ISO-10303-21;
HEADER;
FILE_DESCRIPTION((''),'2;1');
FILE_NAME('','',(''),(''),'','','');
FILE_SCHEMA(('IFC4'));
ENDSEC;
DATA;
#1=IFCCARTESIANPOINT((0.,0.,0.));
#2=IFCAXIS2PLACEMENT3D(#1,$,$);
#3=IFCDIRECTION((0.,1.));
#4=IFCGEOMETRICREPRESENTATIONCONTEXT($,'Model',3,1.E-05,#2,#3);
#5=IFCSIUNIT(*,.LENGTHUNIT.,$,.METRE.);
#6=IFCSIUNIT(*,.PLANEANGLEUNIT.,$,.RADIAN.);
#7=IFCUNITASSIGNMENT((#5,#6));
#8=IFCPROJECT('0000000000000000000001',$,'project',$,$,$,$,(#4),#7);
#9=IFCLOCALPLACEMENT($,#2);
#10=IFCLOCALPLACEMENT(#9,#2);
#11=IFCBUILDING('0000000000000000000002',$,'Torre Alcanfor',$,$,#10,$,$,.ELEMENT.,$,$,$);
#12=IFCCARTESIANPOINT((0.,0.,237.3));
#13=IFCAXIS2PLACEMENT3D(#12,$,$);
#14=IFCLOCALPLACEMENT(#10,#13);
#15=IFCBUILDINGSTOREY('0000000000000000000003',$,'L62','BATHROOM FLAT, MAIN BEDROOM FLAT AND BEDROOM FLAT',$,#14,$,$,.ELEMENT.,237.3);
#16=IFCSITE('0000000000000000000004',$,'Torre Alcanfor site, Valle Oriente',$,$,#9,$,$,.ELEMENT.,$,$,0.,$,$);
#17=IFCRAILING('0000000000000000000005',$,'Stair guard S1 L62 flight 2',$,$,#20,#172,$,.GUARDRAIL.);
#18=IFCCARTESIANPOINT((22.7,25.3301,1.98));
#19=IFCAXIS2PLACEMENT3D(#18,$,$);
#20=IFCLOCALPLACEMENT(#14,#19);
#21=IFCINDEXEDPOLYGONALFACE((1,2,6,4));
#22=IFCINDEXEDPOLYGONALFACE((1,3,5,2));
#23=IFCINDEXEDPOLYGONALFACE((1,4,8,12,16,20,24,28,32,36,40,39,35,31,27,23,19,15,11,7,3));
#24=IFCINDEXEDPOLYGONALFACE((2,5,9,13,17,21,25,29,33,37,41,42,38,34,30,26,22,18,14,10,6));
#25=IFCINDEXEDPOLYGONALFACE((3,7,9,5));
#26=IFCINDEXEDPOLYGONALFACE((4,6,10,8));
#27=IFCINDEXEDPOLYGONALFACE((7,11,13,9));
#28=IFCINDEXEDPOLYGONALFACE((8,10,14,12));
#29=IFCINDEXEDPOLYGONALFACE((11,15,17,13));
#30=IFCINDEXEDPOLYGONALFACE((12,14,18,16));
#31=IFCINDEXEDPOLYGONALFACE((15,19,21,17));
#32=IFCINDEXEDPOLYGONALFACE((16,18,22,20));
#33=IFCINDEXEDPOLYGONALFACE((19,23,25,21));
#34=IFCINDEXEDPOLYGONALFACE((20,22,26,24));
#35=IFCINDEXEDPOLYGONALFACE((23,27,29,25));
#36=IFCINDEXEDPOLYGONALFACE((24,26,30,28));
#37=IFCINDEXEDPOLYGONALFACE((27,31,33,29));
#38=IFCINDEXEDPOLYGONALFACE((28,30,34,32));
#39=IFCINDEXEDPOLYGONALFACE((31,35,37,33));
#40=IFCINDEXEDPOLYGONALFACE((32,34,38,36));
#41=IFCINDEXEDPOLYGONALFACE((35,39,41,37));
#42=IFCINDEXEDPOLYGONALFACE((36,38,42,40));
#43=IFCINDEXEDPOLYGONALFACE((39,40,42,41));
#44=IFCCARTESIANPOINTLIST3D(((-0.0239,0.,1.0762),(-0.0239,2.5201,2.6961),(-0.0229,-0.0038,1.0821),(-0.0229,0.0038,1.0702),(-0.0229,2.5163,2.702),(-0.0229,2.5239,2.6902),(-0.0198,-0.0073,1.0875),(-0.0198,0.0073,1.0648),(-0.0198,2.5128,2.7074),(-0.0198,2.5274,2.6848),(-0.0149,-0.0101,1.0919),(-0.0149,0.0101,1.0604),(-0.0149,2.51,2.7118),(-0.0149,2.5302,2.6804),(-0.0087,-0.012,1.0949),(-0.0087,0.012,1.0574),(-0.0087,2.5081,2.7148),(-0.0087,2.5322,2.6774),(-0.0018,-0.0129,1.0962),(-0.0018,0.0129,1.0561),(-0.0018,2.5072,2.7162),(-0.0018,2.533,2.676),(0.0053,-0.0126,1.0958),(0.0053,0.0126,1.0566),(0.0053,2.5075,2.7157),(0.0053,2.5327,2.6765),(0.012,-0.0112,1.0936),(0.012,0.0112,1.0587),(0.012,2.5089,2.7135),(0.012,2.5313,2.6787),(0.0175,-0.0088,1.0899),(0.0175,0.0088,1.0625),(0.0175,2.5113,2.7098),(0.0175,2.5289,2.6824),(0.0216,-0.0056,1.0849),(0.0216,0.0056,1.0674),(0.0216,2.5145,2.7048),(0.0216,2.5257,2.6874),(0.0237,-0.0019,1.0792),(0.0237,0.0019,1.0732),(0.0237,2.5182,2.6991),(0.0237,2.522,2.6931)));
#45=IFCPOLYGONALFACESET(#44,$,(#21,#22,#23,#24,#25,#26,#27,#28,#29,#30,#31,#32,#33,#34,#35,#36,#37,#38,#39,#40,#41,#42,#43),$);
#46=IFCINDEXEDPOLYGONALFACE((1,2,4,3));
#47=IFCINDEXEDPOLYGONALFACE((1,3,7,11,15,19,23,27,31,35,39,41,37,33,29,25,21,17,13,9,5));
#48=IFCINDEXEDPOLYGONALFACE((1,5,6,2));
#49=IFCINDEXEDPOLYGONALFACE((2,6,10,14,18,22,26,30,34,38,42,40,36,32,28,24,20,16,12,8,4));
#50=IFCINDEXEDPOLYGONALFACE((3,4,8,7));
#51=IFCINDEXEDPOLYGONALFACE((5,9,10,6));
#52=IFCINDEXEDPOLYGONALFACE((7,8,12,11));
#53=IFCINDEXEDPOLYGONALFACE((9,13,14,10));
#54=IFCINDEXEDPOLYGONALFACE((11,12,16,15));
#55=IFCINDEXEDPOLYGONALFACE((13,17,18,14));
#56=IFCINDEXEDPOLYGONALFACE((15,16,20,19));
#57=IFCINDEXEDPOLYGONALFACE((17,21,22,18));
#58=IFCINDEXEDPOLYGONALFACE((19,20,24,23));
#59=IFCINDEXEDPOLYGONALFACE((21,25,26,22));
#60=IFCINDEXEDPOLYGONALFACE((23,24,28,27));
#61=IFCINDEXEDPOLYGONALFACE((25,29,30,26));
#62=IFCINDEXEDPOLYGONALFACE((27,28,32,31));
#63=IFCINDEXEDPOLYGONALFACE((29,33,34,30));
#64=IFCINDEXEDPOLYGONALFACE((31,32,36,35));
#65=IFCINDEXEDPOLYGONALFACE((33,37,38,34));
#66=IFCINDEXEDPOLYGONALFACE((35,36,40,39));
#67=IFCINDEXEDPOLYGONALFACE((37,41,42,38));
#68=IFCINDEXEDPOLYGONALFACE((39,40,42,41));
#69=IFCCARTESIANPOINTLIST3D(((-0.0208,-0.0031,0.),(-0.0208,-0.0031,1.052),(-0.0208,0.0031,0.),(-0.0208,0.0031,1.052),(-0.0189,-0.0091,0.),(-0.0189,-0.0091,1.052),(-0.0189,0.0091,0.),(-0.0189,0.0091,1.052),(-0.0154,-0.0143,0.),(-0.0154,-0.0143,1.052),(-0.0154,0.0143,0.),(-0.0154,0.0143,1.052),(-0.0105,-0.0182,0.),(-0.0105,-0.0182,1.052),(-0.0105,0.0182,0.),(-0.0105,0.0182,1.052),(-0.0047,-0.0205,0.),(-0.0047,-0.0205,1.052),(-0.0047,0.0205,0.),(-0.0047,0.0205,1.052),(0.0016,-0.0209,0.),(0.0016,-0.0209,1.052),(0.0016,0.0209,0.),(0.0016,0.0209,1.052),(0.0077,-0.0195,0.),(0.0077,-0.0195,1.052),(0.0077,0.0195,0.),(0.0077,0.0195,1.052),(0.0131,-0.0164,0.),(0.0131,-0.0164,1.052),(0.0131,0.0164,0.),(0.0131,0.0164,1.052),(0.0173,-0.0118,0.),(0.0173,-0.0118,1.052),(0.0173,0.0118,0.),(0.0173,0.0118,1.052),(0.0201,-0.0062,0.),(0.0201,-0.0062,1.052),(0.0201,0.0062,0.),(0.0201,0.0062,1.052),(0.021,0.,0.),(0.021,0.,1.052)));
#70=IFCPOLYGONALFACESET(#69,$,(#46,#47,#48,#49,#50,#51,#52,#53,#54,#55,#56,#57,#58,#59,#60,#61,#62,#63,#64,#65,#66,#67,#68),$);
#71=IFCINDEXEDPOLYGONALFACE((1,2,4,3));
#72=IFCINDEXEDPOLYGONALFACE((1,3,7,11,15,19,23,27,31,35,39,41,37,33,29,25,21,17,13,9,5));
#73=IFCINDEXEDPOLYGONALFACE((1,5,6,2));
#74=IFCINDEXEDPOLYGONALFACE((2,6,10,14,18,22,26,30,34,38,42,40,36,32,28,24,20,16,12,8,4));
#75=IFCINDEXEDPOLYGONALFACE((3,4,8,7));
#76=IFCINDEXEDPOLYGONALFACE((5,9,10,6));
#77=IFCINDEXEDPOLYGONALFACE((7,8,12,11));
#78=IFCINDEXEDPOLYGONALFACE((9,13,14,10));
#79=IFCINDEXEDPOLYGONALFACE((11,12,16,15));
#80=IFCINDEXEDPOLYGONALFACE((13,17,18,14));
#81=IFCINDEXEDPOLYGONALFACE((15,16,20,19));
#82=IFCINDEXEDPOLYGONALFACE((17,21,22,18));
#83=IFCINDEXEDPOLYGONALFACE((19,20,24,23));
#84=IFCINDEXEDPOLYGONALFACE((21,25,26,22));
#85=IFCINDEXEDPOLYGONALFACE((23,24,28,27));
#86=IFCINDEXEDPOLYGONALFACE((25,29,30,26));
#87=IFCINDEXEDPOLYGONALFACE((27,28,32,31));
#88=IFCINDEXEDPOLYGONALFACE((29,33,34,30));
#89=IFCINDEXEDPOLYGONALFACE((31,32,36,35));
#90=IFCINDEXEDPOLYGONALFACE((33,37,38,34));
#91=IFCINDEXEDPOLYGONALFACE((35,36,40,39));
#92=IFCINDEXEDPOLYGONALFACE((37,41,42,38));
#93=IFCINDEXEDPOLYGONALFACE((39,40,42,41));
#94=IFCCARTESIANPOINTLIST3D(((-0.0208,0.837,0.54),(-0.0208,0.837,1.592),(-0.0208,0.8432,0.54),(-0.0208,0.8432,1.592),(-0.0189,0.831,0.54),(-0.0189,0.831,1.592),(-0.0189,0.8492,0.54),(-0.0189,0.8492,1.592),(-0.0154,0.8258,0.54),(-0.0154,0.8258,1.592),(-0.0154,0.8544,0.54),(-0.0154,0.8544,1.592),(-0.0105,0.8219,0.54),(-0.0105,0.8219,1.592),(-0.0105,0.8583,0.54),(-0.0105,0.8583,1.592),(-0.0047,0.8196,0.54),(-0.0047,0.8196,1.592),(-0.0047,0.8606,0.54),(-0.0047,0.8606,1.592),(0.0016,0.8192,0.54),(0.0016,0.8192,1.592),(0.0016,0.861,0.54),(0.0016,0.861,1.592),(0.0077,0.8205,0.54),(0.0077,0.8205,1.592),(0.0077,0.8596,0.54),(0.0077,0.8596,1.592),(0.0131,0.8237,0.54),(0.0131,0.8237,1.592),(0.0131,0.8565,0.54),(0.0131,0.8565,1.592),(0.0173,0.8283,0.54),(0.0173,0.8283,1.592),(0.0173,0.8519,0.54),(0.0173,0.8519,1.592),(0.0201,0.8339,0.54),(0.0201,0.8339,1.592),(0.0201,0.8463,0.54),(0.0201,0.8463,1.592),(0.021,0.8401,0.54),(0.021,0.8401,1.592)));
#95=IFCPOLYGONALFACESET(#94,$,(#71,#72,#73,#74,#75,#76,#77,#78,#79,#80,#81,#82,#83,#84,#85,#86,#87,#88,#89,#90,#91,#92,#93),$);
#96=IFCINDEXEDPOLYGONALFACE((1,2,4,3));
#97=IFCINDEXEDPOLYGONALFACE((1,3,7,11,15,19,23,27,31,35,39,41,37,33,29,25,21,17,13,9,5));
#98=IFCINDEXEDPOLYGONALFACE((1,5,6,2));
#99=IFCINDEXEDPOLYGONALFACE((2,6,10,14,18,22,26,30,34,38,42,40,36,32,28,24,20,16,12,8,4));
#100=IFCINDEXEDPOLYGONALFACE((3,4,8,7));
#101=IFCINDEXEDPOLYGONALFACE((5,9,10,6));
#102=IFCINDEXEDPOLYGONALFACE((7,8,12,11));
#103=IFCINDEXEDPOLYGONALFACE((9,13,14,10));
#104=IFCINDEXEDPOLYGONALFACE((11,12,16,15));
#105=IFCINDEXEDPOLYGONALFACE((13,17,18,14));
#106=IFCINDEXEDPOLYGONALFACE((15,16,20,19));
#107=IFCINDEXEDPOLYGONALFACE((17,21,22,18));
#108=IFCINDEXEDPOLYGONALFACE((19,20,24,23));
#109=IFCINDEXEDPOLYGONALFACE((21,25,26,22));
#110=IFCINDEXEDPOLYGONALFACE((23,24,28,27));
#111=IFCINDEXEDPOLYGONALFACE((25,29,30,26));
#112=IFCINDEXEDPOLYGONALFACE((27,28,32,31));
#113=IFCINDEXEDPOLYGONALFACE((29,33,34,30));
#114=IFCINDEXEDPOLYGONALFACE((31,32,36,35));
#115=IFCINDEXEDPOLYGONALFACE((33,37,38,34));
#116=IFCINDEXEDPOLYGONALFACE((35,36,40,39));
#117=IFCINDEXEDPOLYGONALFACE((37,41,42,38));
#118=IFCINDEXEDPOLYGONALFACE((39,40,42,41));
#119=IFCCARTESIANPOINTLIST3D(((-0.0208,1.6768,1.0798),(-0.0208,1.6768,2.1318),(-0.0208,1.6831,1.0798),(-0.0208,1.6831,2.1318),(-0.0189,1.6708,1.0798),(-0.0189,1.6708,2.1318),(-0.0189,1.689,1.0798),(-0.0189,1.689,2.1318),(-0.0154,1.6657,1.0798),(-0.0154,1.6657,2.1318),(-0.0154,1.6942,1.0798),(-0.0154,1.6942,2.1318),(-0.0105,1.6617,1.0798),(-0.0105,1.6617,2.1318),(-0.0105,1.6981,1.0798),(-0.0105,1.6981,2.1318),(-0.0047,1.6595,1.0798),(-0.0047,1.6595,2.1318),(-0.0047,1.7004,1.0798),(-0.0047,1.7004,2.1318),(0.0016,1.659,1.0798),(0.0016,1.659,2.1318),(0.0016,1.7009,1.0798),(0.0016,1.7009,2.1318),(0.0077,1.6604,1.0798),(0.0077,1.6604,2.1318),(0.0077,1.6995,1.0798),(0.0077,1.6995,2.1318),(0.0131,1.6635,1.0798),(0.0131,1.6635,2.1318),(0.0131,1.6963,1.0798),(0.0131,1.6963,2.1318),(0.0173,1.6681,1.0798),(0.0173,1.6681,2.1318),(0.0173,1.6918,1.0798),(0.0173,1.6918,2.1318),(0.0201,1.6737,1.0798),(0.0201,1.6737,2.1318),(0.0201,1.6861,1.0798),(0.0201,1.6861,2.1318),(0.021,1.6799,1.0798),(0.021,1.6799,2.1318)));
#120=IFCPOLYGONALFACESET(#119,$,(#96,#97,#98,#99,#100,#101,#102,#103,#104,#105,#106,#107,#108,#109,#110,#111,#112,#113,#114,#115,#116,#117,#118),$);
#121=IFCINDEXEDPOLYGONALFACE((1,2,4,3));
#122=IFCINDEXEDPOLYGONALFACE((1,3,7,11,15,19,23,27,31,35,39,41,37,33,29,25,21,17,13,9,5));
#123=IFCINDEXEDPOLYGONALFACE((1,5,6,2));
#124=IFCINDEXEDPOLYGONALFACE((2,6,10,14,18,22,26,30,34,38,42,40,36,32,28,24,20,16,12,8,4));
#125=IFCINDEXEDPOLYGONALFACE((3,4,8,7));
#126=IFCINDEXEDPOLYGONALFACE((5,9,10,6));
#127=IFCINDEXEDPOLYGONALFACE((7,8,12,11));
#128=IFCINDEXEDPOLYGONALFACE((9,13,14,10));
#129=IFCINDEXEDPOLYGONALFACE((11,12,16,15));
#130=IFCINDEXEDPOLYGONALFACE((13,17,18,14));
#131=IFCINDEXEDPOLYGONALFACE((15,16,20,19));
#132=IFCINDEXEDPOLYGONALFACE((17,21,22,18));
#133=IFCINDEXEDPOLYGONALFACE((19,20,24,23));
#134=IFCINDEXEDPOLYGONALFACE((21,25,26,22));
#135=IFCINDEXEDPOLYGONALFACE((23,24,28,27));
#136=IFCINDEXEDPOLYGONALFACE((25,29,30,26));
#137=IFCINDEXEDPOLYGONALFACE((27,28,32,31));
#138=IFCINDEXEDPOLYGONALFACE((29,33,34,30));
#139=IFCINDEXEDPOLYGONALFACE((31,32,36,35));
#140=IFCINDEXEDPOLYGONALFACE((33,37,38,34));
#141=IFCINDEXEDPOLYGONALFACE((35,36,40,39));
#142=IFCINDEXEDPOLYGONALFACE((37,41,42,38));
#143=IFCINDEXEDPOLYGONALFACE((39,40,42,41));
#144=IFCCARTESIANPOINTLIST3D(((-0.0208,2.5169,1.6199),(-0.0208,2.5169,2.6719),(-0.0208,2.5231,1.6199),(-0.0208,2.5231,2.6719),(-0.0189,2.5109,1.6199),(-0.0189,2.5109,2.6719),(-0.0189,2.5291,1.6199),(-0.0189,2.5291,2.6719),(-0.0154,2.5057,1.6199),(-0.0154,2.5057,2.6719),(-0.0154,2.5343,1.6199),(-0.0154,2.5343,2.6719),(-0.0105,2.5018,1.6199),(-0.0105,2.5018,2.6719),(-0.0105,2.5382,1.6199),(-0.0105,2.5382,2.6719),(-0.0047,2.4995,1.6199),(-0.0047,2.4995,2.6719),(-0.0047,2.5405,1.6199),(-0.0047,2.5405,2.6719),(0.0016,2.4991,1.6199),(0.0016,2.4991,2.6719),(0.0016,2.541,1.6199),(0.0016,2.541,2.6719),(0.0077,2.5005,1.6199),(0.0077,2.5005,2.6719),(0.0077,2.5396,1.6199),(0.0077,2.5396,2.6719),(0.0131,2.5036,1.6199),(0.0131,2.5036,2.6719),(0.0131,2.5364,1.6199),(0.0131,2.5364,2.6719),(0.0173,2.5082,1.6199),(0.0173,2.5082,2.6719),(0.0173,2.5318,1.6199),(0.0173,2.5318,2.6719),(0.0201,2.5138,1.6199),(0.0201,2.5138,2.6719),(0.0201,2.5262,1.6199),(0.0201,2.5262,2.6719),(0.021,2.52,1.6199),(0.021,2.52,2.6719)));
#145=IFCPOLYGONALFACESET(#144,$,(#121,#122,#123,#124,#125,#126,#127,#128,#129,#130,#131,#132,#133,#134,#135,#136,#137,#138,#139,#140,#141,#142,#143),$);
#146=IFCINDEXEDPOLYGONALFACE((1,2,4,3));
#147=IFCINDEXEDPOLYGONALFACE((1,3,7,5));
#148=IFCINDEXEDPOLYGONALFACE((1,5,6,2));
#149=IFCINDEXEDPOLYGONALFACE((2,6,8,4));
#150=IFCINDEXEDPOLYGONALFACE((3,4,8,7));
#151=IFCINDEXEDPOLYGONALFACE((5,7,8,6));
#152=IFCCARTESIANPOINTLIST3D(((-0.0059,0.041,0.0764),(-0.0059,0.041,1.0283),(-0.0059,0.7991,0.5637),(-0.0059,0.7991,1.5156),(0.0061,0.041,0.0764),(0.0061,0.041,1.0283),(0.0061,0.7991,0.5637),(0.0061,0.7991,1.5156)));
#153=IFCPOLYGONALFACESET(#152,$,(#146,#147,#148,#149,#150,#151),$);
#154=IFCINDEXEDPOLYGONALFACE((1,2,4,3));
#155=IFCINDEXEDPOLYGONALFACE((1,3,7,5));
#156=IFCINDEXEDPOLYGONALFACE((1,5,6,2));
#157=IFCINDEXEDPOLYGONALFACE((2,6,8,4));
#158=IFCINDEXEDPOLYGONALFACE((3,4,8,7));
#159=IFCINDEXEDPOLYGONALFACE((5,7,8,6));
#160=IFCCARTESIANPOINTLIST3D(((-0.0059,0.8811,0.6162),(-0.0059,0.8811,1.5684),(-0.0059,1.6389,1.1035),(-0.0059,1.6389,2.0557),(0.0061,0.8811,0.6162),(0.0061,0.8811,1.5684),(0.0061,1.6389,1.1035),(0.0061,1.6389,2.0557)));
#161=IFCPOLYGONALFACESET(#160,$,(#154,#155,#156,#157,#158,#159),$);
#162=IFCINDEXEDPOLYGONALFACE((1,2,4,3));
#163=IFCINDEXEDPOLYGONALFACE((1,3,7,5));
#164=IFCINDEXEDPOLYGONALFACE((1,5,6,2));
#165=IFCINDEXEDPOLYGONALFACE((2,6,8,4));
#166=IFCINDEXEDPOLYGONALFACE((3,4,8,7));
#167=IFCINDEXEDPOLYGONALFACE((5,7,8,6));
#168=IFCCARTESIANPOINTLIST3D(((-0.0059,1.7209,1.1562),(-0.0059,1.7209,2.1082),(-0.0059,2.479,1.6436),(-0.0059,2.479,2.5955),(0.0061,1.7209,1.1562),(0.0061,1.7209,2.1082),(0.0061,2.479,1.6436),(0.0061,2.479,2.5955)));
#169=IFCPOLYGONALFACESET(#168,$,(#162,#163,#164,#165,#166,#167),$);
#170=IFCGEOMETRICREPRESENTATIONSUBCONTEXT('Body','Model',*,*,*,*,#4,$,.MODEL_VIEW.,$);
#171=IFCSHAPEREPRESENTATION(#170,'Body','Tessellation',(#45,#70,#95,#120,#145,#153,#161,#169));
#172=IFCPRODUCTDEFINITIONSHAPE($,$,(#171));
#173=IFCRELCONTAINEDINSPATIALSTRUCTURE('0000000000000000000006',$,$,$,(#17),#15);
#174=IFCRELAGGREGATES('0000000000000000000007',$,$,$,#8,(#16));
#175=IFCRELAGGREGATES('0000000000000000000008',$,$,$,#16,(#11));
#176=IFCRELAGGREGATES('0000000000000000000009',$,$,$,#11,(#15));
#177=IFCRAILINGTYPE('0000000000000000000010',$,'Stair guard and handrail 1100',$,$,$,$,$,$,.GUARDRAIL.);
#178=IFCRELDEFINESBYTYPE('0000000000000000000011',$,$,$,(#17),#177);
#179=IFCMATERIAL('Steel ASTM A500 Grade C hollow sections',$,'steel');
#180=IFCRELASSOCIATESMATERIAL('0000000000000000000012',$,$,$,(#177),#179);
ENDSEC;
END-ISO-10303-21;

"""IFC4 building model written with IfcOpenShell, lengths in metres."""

from ifc_helpers import new_model, si_unit, direction, frame, origin, origin_2d, place, context, subcontext, project, spatial, polyline, circle, outline, extrude, material, type_object, element, save


model = new_model("IFC4")

# Units and contexts
model_context = context("Model", 3, precision=1e-05, world=origin(), true_north=direction((0.0, 1.0)))
body_context = subcontext(model_context, "Body", "Model", "MODEL_VIEW")
ifc_project = project(units=[si_unit("LENGTHUNIT", "METRE"), si_unit("PLANEANGLEUNIT", "RADIAN")], contexts=[model_context])

# Site, building, storey
site_placement = place(None, origin())
site = spatial("IfcSite", under=ifc_project, at=site_placement, Name="Torre Alcanfor site, Valle Oriente", CompositionType="ELEMENT", RefElevation=0.0)
building_placement = place(site_placement, origin())
building = spatial("IfcBuilding", under=site, at=building_placement, Name="Torre Alcanfor", CompositionType="ELEMENT")
storey_placement = place(building_placement, frame((0.0, 0.0, 237.3)))
storey = spatial("IfcBuildingStorey", under=building, at=storey_placement, Name="L62", Description="BATHROOM FLAT, MAIN BEDROOM FLAT AND BEDROOM FLAT", CompositionType="ELEMENT", Elevation=237.3)

# Railing
ifc_material_1 = material(Name="Steel ASTM A500 Grade C hollow sections", Category="steel")
railing_type_1 = type_object("IfcRailingType", Name="Stair guard and handrail 1100", PredefinedType="GUARDRAIL", material=ifc_material_1)
railing_1_placement = place(storey_placement, frame((22.7, 25.3301, 1.98)))
element("IfcRailing", 1, at=railing_1_placement, inside=storey, type_object=railing_type_1, Name="Stair guard S1 L62 flight 2", PredefinedType="GUARDRAIL", context=body_context, shape_type="SweptSolid", body=[
    extrude(circle(Radius=0.0239, at=origin_2d()), frame((0.0, 0.0, 1.0762), z_axis=(0.0, 0.8412, 0.540725), x_axis=(-1.0, 0.0, 0.0)), (0.0, 0.0, 1.0), 2.9958),
    extrude(circle(Radius=0.021, at=origin_2d()), origin(), (0.0, 0.0, 1.0), 1.052),
    extrude(circle(Radius=0.021, at=origin_2d()), frame((0.0, 0.8401, 0.54)), (0.0, 0.0, 1.0), 1.052),
    extrude(circle(Radius=0.021, at=origin_2d()), frame((0.0, 1.6799, 1.0798)), (0.0, 0.0, 1.0), 1.052),
    extrude(circle(Radius=0.021, at=origin_2d()), frame((0.0, 2.52, 1.6199)), (0.0, 0.0, 1.0), 1.052),
    extrude(outline(polyline([(0.041, 0.0764), (0.7991, 0.5637), (0.7991, 1.5156), (0.041, 1.0283), (0.041, 0.0764)])), frame((-0.0059, 0.0, 0.0), z_axis=(1.0, 0.0, 0.0), x_axis=(0.0, 1.0, 0.0)), (0.0, 0.0, 1.0), 0.012),
    extrude(outline(polyline([(0.8811, 0.6162), (1.6389, 1.1035), (1.6389, 2.0557), (0.8811, 1.5684), (0.8811, 0.6162)])), frame((-0.0059, 0.0, 0.0), z_axis=(1.0, 0.0, 0.0), x_axis=(0.0, 1.0, 0.0)), (0.0, 0.0, 1.0), 0.012),
    extrude(outline(polyline([(1.7209, 1.1562), (2.479, 1.6436), (2.479, 2.5955), (1.7209, 2.1082), (1.7209, 1.1562)])), frame((-0.0059, 0.0, 0.0), z_axis=(1.0, 0.0, 0.0), x_axis=(0.0, 1.0, 0.0)), (0.0, 0.0, 1.0), 0.012),
])

save(model, "model.ifc")
